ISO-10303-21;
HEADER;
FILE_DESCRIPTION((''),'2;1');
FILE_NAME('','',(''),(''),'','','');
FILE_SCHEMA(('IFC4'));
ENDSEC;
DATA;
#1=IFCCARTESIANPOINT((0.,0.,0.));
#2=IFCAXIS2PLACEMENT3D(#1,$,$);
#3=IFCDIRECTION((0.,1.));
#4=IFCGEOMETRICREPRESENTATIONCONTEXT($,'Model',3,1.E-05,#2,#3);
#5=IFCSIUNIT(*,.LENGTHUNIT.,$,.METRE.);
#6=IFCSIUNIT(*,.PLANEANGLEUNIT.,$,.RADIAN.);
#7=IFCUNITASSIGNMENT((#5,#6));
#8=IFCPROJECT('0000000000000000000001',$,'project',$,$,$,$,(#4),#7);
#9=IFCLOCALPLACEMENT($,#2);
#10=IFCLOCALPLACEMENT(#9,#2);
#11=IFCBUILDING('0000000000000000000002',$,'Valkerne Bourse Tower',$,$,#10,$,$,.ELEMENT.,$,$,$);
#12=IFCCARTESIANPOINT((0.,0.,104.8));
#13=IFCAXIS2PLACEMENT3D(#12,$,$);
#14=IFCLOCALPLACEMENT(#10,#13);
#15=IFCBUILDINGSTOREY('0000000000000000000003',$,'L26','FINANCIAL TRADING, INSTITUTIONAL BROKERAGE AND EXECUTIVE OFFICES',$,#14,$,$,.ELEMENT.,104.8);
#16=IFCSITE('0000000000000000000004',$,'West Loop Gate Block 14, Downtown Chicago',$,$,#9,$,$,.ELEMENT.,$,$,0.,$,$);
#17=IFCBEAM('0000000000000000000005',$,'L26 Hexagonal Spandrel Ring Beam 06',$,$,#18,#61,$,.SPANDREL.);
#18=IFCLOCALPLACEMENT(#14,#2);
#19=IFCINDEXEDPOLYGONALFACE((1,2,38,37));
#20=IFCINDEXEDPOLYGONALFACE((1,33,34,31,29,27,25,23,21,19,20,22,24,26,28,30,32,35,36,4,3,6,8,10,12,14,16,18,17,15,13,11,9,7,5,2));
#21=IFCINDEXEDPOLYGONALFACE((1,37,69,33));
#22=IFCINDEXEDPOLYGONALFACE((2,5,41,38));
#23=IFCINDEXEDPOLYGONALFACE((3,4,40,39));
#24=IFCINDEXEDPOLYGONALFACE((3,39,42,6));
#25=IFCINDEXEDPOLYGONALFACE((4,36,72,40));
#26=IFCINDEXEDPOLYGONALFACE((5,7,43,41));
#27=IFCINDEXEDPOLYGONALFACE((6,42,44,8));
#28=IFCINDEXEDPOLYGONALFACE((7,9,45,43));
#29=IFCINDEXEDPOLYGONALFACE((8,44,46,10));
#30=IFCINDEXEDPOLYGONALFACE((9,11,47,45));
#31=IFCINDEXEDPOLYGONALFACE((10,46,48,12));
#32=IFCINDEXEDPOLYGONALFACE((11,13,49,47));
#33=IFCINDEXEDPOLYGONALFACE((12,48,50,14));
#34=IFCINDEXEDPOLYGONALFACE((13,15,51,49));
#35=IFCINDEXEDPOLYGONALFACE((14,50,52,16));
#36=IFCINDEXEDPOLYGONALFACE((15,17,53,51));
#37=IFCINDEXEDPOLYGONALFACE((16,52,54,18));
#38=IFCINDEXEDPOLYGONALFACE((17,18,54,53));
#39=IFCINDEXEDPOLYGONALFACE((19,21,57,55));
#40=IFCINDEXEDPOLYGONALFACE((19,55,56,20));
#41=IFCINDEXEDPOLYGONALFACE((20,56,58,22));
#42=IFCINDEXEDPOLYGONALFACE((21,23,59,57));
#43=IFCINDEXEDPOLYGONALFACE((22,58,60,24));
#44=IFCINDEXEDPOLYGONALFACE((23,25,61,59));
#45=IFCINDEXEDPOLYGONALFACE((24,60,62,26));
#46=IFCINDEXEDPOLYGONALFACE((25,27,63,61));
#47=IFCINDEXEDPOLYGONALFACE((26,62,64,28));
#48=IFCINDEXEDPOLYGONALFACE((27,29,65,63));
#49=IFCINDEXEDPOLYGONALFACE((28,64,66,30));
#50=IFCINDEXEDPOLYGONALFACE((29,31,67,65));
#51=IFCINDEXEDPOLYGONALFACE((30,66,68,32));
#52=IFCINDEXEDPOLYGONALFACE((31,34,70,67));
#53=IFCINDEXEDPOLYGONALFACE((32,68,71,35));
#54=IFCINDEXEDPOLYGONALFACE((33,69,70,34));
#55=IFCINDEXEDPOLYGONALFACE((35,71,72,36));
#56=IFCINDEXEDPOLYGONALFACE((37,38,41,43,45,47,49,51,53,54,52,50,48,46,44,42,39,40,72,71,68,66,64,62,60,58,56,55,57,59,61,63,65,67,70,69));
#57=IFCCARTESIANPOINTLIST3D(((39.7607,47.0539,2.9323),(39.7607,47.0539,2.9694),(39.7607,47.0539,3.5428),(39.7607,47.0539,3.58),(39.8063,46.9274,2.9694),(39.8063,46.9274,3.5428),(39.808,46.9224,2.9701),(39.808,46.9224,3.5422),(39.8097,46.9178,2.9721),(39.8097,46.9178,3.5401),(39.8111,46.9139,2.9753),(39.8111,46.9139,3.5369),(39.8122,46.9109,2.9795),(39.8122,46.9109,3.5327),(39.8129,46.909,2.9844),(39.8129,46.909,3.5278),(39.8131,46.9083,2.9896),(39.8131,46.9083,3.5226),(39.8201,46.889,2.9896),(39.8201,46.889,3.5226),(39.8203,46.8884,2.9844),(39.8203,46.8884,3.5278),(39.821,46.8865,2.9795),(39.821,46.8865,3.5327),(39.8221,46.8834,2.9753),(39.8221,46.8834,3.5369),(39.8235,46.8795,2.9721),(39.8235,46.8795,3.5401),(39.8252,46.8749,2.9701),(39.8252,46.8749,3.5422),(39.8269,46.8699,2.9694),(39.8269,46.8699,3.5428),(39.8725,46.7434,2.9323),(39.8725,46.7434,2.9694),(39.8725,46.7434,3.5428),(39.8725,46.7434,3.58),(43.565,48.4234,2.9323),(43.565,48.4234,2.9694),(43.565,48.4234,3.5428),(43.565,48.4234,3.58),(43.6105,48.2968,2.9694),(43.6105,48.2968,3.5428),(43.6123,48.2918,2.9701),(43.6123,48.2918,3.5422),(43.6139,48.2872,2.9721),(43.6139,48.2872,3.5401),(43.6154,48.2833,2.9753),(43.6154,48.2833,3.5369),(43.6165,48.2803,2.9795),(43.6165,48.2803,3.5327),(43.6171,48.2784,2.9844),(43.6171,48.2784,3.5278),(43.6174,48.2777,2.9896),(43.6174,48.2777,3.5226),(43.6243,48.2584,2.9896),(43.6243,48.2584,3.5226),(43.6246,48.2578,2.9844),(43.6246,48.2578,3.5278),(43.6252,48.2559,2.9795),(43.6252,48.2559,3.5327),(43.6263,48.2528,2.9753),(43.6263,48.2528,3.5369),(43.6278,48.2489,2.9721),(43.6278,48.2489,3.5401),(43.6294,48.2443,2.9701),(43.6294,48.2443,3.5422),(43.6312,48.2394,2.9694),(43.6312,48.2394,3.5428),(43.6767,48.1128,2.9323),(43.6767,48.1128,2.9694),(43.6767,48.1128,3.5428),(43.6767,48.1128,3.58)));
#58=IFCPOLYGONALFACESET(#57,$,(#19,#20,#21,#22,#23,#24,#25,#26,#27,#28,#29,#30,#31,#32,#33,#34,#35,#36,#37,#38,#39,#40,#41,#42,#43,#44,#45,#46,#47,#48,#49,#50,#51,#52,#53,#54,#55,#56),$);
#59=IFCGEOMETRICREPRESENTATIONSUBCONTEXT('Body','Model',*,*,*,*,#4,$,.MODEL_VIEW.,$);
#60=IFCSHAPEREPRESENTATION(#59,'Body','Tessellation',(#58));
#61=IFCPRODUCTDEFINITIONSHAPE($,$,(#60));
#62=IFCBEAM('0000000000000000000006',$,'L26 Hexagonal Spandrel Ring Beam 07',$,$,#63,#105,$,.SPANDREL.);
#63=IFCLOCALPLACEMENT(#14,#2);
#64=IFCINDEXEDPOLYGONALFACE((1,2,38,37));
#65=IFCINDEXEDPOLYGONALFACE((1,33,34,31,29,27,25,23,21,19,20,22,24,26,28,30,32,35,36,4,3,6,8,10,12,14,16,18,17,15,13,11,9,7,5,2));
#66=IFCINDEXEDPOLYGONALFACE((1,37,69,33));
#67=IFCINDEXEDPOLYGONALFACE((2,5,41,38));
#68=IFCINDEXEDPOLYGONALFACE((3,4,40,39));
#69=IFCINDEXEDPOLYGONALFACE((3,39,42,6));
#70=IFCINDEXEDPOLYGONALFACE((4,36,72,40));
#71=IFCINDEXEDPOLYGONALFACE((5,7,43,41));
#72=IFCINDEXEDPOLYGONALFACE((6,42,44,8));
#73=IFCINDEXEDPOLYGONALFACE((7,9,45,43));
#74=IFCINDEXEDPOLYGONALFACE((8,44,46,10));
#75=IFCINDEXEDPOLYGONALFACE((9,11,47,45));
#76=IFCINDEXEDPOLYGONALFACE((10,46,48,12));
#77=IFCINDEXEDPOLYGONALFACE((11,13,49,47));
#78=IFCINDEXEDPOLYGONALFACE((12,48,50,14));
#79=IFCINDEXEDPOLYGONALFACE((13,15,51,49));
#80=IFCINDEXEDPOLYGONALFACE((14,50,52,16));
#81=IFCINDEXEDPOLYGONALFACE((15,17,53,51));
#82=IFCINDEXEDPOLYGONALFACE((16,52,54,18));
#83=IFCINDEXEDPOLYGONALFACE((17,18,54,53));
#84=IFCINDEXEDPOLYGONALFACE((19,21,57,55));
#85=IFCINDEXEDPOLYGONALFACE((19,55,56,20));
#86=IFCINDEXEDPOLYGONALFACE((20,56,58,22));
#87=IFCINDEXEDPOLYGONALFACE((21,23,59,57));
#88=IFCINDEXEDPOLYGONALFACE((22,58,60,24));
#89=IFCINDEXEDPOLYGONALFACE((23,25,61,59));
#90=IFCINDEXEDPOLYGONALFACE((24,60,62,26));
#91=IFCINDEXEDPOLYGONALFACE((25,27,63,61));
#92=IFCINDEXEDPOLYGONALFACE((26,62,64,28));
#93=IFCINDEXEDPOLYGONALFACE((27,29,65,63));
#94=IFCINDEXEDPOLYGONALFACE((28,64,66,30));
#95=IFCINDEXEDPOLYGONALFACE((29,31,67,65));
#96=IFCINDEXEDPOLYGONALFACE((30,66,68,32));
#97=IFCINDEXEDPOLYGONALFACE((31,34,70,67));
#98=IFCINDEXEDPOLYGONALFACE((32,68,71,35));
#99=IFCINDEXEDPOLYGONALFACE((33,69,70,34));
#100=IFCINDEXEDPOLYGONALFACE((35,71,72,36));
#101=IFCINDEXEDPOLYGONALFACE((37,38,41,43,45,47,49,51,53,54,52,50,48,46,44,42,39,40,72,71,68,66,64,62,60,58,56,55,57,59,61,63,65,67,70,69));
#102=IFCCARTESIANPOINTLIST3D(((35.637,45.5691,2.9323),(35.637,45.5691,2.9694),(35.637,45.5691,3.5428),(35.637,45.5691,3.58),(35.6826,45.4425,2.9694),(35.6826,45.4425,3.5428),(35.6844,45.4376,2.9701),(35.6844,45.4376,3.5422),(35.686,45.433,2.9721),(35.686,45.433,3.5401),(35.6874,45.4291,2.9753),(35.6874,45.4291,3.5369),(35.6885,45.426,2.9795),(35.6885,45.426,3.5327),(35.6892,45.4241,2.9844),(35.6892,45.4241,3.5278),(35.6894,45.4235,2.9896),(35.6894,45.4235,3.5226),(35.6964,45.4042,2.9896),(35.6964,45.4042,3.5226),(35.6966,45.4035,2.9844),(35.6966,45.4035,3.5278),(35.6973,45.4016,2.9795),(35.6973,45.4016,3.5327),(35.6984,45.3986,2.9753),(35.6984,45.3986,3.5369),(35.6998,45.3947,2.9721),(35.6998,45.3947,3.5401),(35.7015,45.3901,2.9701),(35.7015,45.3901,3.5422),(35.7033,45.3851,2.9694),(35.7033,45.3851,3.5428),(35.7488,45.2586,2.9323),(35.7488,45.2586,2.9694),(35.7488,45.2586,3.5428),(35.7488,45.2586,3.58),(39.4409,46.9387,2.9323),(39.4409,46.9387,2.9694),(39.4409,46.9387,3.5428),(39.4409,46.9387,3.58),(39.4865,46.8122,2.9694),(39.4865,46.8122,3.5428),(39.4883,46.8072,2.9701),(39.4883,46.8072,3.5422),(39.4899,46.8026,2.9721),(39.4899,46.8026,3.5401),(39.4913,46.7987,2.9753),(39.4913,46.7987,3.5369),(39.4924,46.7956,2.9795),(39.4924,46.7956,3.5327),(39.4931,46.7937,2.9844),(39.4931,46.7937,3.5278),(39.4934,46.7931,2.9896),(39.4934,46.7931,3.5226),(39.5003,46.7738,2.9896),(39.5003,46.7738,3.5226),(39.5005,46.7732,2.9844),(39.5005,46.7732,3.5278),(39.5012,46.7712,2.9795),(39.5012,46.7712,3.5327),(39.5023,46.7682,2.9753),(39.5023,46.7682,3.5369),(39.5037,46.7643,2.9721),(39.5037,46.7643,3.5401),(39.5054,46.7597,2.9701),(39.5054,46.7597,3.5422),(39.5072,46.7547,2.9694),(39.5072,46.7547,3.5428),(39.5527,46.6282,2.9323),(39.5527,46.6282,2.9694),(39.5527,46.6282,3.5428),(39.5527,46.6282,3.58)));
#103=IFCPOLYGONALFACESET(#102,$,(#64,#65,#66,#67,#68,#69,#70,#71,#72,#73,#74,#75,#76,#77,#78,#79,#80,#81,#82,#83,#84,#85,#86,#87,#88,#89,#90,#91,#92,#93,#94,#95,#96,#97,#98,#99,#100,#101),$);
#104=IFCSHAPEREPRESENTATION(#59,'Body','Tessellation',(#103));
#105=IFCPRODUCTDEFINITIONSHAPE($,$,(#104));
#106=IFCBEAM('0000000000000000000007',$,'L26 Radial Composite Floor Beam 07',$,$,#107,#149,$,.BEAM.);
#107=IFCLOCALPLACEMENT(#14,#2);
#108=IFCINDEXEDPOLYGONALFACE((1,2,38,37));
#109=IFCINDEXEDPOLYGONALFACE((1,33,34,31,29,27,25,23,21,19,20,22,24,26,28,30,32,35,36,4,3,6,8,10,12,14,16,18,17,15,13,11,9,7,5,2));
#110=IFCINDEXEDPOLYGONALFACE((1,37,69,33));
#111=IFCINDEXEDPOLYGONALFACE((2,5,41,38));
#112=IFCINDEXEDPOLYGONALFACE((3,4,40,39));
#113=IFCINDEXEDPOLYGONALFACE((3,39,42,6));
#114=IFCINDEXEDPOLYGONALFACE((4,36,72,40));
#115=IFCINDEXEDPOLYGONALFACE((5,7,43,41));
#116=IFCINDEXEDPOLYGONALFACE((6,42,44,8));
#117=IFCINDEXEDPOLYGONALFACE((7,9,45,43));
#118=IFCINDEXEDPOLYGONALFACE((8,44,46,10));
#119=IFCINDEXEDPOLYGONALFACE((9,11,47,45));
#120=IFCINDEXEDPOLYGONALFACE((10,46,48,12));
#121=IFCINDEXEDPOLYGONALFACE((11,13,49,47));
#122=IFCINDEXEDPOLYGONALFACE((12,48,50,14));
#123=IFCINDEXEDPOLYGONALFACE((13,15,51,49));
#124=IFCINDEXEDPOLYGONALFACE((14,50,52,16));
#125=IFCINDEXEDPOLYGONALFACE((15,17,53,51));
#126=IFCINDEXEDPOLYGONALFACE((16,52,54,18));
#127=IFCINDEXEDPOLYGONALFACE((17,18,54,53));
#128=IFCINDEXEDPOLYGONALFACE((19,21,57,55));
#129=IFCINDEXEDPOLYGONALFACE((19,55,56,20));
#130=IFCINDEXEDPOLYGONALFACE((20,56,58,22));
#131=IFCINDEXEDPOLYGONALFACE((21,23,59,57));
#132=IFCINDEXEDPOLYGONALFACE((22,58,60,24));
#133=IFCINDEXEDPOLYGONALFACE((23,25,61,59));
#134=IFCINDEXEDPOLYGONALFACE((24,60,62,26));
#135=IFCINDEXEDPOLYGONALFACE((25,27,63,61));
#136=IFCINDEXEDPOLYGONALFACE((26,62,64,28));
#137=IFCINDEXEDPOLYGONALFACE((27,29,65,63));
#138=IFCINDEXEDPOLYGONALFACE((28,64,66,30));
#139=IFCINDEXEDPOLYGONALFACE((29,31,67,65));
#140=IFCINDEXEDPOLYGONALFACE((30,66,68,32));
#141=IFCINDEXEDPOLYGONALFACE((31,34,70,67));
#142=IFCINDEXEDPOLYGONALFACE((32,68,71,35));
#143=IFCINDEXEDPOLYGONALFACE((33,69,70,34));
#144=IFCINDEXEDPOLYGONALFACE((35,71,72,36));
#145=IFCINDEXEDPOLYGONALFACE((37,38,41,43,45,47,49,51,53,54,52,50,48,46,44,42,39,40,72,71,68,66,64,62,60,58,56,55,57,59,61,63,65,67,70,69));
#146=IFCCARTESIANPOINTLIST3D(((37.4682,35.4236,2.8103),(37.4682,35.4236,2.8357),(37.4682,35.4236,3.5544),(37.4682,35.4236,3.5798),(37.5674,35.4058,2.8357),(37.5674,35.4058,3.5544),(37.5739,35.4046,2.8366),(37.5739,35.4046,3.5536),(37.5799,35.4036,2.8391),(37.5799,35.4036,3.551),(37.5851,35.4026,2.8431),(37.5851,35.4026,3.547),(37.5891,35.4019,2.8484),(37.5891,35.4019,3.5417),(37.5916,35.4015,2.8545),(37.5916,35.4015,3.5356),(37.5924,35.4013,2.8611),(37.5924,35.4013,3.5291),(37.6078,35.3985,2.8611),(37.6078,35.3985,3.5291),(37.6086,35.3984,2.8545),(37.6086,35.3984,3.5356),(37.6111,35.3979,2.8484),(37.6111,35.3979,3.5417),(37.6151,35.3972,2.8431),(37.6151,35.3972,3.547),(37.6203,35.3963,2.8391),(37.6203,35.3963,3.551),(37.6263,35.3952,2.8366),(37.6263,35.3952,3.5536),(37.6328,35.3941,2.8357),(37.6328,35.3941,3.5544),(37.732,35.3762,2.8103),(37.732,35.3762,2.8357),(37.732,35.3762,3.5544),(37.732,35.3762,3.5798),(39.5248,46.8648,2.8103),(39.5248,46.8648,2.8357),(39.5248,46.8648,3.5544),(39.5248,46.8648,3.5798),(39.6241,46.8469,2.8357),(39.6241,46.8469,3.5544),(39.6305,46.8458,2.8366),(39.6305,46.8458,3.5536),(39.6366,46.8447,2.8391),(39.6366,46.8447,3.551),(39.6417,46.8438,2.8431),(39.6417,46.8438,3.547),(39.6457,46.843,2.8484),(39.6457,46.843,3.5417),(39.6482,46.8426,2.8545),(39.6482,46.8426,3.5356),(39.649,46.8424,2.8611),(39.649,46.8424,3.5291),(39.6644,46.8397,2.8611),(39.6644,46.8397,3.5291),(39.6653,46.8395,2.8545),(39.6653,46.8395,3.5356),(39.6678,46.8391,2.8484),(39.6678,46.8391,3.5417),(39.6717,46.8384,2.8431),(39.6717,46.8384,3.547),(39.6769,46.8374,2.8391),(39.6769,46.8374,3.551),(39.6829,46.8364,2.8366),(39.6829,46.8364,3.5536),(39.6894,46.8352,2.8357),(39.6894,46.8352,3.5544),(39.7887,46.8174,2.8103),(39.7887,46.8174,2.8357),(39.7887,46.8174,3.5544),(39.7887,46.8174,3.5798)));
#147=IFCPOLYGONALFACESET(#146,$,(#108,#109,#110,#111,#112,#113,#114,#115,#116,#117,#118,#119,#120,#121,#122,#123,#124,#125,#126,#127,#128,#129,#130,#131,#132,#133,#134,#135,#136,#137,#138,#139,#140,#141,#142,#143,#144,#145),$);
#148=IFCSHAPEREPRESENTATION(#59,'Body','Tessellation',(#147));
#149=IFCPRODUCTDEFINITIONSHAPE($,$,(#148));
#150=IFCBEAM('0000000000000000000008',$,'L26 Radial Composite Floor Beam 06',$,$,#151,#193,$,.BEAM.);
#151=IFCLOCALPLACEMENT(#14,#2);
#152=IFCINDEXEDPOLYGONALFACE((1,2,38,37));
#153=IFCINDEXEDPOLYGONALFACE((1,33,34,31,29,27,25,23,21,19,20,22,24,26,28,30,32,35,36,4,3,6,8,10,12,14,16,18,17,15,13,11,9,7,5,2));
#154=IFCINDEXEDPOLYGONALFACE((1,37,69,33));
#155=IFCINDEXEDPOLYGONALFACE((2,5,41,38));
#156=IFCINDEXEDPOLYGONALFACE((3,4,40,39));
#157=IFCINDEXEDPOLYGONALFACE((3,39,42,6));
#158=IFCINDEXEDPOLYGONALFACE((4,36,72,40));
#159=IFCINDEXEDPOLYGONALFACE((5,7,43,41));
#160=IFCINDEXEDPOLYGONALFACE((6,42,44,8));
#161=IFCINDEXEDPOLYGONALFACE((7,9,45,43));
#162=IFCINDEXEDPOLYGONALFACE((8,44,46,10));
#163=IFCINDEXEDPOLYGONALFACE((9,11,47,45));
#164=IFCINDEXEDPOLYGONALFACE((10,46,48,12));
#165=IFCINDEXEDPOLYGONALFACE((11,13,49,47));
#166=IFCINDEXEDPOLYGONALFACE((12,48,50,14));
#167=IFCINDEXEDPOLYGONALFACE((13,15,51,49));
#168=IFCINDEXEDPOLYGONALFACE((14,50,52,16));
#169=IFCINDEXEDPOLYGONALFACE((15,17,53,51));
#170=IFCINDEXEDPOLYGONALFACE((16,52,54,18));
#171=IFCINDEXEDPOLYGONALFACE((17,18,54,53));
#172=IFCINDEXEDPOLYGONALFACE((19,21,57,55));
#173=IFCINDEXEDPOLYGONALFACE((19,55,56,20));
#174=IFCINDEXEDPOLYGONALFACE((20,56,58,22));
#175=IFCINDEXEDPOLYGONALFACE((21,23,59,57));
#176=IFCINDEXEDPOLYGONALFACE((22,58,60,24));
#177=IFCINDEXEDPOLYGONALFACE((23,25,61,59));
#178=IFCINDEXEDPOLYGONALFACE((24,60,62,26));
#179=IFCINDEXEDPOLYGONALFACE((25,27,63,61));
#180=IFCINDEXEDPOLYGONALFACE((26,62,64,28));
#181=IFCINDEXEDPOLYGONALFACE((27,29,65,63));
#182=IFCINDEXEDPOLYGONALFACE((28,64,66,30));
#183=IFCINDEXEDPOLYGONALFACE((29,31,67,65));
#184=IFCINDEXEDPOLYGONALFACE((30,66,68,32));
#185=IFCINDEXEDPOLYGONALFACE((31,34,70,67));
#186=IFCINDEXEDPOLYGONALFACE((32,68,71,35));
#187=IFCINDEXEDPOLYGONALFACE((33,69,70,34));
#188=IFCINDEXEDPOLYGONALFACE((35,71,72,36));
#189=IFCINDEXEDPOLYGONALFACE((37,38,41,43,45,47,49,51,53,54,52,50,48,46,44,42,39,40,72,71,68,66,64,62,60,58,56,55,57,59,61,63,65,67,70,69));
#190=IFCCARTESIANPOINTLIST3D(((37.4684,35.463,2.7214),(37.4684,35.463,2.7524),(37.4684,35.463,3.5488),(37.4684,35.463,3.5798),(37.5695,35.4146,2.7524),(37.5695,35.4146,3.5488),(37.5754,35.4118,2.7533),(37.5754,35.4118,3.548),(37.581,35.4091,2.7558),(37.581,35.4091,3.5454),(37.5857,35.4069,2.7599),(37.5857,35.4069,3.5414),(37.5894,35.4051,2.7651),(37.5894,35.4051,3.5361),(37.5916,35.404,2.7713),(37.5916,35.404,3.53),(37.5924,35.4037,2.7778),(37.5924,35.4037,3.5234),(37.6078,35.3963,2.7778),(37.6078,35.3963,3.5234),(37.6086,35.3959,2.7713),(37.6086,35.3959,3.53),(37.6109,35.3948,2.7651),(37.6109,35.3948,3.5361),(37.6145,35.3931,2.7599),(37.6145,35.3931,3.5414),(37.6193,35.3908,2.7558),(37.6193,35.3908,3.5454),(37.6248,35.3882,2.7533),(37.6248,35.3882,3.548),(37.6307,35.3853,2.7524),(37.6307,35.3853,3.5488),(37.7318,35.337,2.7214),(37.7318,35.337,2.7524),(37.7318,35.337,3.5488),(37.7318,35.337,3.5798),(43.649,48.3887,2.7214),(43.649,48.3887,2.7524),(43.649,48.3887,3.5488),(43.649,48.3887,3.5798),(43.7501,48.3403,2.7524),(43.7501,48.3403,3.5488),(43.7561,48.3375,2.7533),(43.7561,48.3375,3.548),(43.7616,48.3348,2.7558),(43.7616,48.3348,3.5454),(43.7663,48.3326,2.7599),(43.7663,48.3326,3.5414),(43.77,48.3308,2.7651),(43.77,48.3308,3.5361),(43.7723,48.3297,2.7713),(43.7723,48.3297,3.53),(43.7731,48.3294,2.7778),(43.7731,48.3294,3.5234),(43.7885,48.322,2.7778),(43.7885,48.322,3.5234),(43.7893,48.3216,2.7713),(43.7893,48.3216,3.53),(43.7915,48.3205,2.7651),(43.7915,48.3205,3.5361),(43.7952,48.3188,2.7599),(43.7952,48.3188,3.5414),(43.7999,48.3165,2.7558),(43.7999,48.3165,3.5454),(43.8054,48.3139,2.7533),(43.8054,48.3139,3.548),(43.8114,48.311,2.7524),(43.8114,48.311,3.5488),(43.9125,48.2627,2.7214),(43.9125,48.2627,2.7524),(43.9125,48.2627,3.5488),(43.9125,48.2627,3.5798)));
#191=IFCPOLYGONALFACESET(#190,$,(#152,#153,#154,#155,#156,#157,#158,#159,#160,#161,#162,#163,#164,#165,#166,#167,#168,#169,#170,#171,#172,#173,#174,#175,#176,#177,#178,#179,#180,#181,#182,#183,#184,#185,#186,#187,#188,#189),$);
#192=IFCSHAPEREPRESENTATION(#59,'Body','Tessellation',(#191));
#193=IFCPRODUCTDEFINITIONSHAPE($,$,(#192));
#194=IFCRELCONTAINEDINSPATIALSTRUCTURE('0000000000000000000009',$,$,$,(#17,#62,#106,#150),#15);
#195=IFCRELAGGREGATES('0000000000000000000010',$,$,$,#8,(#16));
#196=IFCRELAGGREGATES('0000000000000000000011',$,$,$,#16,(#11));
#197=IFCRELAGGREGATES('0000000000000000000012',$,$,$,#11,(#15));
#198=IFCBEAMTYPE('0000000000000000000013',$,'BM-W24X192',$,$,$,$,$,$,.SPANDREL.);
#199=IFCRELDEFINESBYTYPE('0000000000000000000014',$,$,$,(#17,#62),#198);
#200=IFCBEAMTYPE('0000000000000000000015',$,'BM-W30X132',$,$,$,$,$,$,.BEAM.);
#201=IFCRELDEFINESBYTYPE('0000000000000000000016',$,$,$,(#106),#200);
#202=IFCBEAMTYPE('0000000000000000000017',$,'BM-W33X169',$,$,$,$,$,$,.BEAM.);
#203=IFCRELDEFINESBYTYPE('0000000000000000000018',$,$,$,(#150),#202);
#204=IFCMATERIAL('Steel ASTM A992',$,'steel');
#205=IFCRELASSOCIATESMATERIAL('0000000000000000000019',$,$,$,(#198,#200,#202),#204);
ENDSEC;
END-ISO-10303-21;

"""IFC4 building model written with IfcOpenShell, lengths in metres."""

from ifc_helpers import new_model, si_unit, direction, frame, origin, origin_2d, place, context, subcontext, project, spatial, i_section, extrude, material, material_profile, profile_set, type_object, element, save


model = new_model("IFC4")

# Units and contexts
model_context = context("Model", 3, precision=1e-05, world=origin(), true_north=direction((0.0, 1.0)))
body_context = subcontext(model_context, "Body", "Model", "MODEL_VIEW")
ifc_project = project(units=[si_unit("LENGTHUNIT", "METRE"), si_unit("PLANEANGLEUNIT", "RADIAN")], contexts=[model_context])

# Site, building, storey
site_placement = place(None, origin())
site = spatial("IfcSite", under=ifc_project, at=site_placement, Name="West Loop Gate Block 14, Downtown Chicago", CompositionType="ELEMENT", RefElevation=0.0)
building_placement = place(site_placement, origin())
building = spatial("IfcBuilding", under=site, at=building_placement, Name="Valkerne Bourse Tower", CompositionType="ELEMENT")
storey_placement = place(building_placement, frame((0.0, 0.0, 104.8)))
storey = spatial("IfcBuildingStorey", under=building, at=storey_placement, Name="L26", Description="FINANCIAL TRADING, INSTITUTIONAL BROKERAGE AND EXECUTIVE OFFICES", CompositionType="ELEMENT", Elevation=104.8)

# Beams
ifc_material_1 = material(Name="Steel ASTM A992", Category="steel")
ifc_material_profile_1 = material_profile(ifc_material_1, i_section(OverallWidth=0.3301, OverallDepth=0.6477, WebThickness=0.0205, FlangeThickness=0.0371, FilletRadius=0.0203, at=origin_2d()), Name="W24X192")
ifc_profile_set_1 = profile_set([ifc_material_profile_1], Name="Steel ASTM A992")
beam_type_1 = type_object("IfcBeamType", Name="BM-W24X192", PredefinedType="SPANDREL", material=ifc_profile_set_1)
beam_1_placement = place(storey_placement, frame((43.6208, 48.2681, 3.2561), z_axis=(-0.940897, -0.338692, 0.0), x_axis=(0.338692, -0.940897, 0.0)))
element("IfcBeam", 1, at=beam_1_placement, inside=storey, type_object=beam_type_1, Name="L26 Hexagonal Spandrel Ring Beam 06", PredefinedType="SPANDREL", context=body_context, shape_type="SweptSolid", body=[
    extrude(i_section(OverallWidth=0.3301, OverallDepth=0.6477, WebThickness=0.0205, FlangeThickness=0.0371, FilletRadius=0.0203, at=origin_2d()), origin(), (0.0, 0.0, 1.0), 4.0432),
])
beam_2_placement = place(storey_placement, frame((39.4968, 46.7834, 3.2561), z_axis=(-0.940871, -0.338764, 0.0), x_axis=(0.338764, -0.940871, 0.0)))
element("IfcBeam", 2, at=beam_2_placement, inside=storey, type_object=beam_type_1, Name="L26 Hexagonal Spandrel Ring Beam 07", PredefinedType="SPANDREL", context=body_context, shape_type="SweptSolid", body=[
    extrude(i_section(OverallWidth=0.3301, OverallDepth=0.6477, WebThickness=0.0205, FlangeThickness=0.0371, FilletRadius=0.0203, at=origin_2d()), origin(), (0.0, 0.0, 1.0), 4.043),
])
ifc_material_profile_2 = material_profile(ifc_material_1, i_section(OverallWidth=0.2681, OverallDepth=0.7695, WebThickness=0.0156, FlangeThickness=0.0254, FilletRadius=0.0254, at=origin_2d()), Name="W30X132")
ifc_profile_set_2 = profile_set([ifc_material_profile_2], Name="Steel ASTM A992")
beam_type_2 = type_object("IfcBeamType", Name="BM-W30X132", PredefinedType="BEAM", material=ifc_profile_set_2)
beam_3_placement = place(storey_placement, frame((39.6567, 46.8411, 3.1951), z_axis=(-0.176922, -0.984225, 0.0), x_axis=(0.984225, -0.176922, 0.0)))
element("IfcBeam", 3, at=beam_3_placement, inside=storey, type_object=beam_type_2, Name="L26 Radial Composite Floor Beam 07", PredefinedType="BEAM", context=body_context, shape_type="SweptSolid", body=[
    extrude(i_section(OverallWidth=0.2681, OverallDepth=0.7695, WebThickness=0.0156, FlangeThickness=0.0254, FilletRadius=0.0254, at=origin_2d()), origin(), (0.0, 0.0, 1.0), 11.6245),
])
ifc_material_profile_3 = material_profile(ifc_material_1, i_section(OverallWidth=0.292, OverallDepth=0.8584, WebThickness=0.0171, FlangeThickness=0.031, FilletRadius=0.0254, at=origin_2d()), Name="W33X169")
ifc_profile_set_3 = profile_set([ifc_material_profile_3], Name="Steel ASTM A992")
beam_type_3 = type_object("IfcBeamType", Name="BM-W33X169", PredefinedType="BEAM", material=ifc_profile_set_3)
beam_4_placement = place(storey_placement, frame((43.7808, 48.3257, 3.1506), z_axis=(-0.431386, -0.902168, 0.0), x_axis=(0.902168, -0.431386, 0.0)))
element("IfcBeam", 4, at=beam_4_placement, inside=storey, type_object=beam_type_3, Name="L26 Radial Composite Floor Beam 06", PredefinedType="BEAM", context=body_context, shape_type="SweptSolid", body=[
    extrude(i_section(OverallWidth=0.292, OverallDepth=0.8584, WebThickness=0.0171, FlangeThickness=0.031, FilletRadius=0.0254, at=origin_2d()), origin(), (0.0, 0.0, 1.0), 14.3274),
])

save(model, "model.ifc")
